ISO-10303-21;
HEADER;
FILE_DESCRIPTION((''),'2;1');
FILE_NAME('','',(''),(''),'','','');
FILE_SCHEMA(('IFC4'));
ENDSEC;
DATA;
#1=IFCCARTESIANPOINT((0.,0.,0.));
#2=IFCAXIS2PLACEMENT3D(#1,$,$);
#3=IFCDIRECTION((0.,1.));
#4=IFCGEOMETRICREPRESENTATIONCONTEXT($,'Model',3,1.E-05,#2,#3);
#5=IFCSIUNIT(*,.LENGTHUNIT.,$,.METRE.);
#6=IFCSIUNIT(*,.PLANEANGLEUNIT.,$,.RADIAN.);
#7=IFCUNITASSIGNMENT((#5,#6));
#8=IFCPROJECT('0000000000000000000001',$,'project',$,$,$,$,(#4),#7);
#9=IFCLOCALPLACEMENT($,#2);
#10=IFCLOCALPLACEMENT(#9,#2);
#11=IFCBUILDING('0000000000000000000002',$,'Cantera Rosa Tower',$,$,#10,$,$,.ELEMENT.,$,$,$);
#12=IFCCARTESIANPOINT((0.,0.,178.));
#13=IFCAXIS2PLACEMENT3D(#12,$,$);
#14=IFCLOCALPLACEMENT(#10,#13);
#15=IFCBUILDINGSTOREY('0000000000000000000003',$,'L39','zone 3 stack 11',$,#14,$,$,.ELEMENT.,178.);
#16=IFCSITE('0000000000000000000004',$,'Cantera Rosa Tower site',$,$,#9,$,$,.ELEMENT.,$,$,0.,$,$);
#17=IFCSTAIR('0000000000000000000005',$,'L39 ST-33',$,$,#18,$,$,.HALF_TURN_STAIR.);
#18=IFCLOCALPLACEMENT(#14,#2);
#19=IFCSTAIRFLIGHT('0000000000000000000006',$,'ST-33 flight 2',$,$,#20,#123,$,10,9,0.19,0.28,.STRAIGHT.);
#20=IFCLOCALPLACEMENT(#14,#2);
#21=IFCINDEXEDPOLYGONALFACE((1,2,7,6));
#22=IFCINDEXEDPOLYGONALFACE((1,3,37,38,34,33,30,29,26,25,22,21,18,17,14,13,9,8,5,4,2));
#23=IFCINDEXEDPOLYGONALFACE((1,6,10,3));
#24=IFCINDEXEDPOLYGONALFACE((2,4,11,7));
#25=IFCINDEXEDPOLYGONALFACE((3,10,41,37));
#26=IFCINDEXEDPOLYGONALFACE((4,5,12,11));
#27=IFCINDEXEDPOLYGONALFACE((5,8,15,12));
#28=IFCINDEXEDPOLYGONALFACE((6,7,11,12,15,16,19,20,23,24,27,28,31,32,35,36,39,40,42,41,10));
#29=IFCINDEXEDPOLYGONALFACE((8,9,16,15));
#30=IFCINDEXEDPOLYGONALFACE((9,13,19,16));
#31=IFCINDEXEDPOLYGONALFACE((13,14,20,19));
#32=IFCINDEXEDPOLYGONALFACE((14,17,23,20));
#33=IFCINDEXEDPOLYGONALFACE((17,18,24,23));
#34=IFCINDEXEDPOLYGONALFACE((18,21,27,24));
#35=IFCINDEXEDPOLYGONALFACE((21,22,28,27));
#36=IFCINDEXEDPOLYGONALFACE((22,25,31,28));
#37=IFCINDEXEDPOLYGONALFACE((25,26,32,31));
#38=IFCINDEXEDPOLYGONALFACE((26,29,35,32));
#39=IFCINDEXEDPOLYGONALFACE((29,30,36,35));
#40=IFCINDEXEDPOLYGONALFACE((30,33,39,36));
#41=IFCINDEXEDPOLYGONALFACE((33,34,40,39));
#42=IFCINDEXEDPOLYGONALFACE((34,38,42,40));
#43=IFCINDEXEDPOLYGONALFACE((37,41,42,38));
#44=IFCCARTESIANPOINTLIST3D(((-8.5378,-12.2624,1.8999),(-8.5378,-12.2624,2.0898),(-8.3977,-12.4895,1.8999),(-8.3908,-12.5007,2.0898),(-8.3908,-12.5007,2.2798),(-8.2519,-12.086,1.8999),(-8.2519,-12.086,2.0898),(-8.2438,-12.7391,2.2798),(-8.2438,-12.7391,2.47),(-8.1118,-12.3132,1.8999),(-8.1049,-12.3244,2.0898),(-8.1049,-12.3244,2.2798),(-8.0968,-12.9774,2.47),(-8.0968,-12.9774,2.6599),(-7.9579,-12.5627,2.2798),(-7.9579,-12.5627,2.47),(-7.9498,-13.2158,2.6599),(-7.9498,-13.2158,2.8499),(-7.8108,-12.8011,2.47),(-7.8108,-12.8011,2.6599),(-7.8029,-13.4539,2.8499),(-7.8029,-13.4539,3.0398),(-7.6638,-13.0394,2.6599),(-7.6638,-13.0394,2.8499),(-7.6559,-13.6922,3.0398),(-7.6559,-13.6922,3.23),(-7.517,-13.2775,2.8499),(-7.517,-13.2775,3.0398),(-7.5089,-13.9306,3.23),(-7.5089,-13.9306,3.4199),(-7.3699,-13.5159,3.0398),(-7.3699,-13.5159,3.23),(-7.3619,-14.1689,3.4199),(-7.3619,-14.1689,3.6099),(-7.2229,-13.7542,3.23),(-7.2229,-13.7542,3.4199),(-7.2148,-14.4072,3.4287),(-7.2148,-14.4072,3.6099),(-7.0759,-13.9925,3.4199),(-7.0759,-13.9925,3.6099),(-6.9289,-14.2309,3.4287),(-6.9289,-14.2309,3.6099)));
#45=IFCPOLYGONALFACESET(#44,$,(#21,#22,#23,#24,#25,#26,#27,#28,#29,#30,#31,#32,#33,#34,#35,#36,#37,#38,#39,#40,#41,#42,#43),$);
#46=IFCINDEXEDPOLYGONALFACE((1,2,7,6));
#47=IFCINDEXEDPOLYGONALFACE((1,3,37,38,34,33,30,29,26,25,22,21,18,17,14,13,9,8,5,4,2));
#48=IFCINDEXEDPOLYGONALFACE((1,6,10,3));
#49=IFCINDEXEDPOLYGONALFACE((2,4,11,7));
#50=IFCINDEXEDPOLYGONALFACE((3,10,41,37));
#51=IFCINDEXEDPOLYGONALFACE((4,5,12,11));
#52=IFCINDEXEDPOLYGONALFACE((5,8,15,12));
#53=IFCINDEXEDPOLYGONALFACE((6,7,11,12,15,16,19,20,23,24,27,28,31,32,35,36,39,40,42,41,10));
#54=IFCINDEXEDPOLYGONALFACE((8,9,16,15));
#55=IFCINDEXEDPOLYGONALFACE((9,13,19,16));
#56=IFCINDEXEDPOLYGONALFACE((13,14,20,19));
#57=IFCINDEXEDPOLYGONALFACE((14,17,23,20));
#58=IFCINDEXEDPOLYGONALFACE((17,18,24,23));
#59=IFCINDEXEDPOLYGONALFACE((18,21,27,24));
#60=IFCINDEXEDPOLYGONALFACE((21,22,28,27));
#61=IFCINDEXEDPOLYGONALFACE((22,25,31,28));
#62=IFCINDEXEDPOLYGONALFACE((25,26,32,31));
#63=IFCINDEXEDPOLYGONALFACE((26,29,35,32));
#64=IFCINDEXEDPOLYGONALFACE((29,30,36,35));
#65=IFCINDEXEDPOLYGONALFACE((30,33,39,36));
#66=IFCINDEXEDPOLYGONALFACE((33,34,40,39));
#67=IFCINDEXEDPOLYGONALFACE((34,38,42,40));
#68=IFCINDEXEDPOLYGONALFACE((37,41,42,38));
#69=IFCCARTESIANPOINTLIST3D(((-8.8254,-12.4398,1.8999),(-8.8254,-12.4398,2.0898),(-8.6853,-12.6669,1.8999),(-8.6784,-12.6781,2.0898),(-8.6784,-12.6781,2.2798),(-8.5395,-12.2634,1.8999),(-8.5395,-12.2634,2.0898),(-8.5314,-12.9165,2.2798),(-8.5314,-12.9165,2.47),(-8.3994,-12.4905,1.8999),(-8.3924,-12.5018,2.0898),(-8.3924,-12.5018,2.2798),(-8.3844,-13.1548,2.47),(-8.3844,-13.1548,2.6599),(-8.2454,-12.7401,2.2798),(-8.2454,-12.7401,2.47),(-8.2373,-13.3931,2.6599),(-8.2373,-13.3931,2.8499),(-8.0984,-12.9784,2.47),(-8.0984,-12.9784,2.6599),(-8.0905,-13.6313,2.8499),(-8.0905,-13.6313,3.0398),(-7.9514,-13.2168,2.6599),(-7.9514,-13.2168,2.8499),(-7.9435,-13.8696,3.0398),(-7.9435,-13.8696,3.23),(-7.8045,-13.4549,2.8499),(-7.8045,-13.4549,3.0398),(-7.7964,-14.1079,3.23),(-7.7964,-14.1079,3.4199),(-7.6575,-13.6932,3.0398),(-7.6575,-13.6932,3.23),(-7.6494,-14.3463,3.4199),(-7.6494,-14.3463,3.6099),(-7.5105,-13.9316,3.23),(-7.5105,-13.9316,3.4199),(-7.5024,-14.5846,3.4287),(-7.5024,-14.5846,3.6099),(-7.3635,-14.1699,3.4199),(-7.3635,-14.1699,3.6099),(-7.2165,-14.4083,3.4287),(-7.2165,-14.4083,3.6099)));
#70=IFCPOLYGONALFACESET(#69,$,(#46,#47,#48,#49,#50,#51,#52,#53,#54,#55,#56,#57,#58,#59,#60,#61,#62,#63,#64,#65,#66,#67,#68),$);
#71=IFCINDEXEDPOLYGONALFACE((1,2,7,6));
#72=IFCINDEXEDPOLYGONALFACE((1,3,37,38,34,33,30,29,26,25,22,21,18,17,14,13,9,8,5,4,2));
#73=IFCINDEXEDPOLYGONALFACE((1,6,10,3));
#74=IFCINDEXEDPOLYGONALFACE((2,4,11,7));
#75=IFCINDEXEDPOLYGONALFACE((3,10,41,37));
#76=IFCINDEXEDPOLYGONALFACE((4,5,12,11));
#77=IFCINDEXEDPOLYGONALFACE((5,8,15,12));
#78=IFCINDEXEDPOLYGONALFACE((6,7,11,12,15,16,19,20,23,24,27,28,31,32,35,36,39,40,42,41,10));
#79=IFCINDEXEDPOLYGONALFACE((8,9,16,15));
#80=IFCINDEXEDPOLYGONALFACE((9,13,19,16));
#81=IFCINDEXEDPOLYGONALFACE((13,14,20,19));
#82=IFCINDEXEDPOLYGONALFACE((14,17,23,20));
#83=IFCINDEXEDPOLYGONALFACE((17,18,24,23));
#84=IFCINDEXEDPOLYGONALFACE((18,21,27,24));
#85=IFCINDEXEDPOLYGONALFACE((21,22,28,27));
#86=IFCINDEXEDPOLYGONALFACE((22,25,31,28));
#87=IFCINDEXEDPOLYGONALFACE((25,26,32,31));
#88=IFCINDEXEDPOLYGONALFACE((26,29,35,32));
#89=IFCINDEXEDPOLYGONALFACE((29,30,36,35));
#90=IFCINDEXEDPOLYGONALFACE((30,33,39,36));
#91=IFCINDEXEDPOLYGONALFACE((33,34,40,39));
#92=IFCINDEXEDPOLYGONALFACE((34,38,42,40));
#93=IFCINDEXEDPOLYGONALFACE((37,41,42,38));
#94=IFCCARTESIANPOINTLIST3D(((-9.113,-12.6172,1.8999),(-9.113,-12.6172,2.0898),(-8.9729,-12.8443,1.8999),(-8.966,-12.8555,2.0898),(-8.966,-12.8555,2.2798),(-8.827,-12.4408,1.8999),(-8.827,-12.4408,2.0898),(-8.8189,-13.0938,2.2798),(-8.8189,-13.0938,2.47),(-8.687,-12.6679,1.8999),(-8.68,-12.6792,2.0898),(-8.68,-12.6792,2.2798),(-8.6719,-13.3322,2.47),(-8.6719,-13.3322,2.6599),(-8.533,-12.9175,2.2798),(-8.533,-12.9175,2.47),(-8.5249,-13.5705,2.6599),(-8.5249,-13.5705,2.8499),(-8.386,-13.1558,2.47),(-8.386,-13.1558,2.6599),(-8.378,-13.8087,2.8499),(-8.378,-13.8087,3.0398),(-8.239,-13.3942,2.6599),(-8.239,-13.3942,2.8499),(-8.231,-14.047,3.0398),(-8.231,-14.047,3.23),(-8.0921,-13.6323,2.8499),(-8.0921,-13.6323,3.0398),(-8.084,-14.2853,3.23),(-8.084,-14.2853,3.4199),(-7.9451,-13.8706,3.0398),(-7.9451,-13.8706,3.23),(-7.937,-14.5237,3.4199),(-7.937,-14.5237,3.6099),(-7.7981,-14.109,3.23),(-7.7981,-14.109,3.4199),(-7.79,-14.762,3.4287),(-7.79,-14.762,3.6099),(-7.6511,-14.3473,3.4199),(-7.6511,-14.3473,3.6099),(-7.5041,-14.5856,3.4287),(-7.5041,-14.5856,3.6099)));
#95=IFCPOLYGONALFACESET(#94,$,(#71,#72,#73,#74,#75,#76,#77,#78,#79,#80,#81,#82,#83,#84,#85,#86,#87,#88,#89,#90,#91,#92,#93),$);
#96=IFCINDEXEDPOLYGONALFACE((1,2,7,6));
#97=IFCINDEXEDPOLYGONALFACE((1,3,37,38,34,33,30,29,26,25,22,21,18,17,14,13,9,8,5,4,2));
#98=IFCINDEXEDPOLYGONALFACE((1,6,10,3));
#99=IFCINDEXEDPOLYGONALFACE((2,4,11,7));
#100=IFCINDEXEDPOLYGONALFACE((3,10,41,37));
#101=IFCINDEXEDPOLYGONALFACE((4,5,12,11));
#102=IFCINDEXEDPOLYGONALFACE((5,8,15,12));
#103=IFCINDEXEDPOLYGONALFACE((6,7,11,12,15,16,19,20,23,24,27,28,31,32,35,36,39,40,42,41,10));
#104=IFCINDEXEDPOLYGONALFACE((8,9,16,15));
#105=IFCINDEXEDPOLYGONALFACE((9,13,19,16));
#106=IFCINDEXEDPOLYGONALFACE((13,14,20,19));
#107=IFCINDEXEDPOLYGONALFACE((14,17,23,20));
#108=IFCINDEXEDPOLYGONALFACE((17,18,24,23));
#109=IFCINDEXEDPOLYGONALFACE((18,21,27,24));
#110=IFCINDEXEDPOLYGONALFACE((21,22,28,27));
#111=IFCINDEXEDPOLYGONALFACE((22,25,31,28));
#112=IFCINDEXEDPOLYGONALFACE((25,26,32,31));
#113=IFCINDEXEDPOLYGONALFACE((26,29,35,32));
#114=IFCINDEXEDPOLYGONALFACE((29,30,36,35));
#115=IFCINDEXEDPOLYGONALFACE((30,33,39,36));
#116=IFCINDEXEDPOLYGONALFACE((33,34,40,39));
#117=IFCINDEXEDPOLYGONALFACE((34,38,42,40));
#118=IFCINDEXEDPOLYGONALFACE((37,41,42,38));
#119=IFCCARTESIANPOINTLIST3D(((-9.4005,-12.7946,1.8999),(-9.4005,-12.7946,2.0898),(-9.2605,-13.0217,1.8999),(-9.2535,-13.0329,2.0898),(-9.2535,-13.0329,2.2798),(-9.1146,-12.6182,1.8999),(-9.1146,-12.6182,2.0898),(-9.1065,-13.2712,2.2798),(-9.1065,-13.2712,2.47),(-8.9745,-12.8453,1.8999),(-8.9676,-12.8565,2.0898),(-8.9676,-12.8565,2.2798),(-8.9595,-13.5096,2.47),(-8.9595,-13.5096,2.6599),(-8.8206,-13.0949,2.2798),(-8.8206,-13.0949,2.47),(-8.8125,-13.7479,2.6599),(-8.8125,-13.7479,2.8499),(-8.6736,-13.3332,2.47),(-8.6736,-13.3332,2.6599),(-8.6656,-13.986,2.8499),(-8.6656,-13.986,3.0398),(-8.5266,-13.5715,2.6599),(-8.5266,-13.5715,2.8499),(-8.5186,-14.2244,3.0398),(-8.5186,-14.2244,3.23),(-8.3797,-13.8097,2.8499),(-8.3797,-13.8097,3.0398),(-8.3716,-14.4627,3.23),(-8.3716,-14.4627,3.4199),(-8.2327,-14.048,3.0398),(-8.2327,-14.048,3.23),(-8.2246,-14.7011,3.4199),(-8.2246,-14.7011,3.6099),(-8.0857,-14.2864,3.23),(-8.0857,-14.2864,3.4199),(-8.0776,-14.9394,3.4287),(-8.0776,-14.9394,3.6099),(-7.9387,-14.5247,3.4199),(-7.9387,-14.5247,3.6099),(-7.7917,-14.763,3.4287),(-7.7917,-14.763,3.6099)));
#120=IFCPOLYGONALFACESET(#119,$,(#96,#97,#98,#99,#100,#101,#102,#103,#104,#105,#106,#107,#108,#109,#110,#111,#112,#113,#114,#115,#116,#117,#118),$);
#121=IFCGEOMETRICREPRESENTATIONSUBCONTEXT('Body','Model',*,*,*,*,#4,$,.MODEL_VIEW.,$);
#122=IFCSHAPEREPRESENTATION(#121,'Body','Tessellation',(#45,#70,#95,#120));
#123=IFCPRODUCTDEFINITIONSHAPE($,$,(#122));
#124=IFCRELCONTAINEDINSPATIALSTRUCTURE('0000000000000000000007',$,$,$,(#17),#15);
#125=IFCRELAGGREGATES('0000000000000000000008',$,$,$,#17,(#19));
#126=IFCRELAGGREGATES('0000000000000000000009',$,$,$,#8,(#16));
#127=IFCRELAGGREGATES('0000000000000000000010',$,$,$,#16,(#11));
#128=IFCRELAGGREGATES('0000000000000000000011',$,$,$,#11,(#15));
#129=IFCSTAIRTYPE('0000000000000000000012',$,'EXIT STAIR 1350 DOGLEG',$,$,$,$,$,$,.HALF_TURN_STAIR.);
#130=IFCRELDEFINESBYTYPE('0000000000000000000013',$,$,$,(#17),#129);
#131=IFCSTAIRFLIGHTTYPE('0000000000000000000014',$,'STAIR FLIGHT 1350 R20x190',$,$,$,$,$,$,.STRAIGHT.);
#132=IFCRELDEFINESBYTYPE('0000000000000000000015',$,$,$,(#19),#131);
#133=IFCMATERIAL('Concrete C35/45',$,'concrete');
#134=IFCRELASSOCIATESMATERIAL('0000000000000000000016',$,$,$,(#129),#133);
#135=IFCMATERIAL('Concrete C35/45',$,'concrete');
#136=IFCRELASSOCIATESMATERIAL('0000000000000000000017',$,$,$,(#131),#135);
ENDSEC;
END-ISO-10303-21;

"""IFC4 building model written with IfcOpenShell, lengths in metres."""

from ifc_helpers import new_model, si_unit, direction, frame, origin, place, context, subcontext, project, spatial, polyline, outline, extrude, material, type_object, element, aggregate, save


model = new_model("IFC4")

# Units and contexts
model_context = context("Model", 3, precision=1e-05, world=origin(), true_north=direction((0.0, 1.0)))
body_context = subcontext(model_context, "Body", "Model", "MODEL_VIEW")
ifc_project = project(units=[si_unit("LENGTHUNIT", "METRE"), si_unit("PLANEANGLEUNIT", "RADIAN")], contexts=[model_context])

# Site, building, storey
site_placement = place(None, origin())
site = spatial("IfcSite", under=ifc_project, at=site_placement, Name="Cantera Rosa Tower site", CompositionType="ELEMENT", RefElevation=0.0)
building_placement = place(site_placement, origin())
building = spatial("IfcBuilding", under=site, at=building_placement, Name="Cantera Rosa Tower", CompositionType="ELEMENT")
storey_placement = place(building_placement, frame((0.0, 0.0, 178.0)))
storey = spatial("IfcBuildingStorey", under=building, at=storey_placement, Name="L39", Description="zone 3 stack 11", CompositionType="ELEMENT", Elevation=178.0)

# Shared definitions
ifc_material_1 = material(Name="Concrete C35/45", Category="concrete")
stair_type = type_object("IfcStairType", Name="EXIT STAIR 1350 DOGLEG", PredefinedType="HALF_TURN_STAIR", material=ifc_material_1)
ifc_material_2 = material(Name="Concrete C35/45", Category="concrete")
stair_flight_type = type_object("IfcStairFlightType", Name="STAIR FLIGHT 1350 R20x190", PredefinedType="STRAIGHT", material=ifc_material_2)

# Stair, stair flight
stair_1_placement = place(storey_placement, origin())
stair_1 = element("IfcStair", 1, at=stair_1_placement, inside=storey, type_object=stair_type, Name="L39 ST-33", PredefinedType="HALF_TURN_STAIR")
stair_flight_1_placement = place(storey_placement, frame((-8.8264, -12.4404, 1.8999), z_axis=(0.0, 0.0, 1.0), x_axis=(0.524977, -0.851117, 0.0)))
stair_flight_1 = element("IfcStairFlight", 2, at=stair_flight_1_placement, type_object=stair_flight_type, Name="ST-33 flight 2", NumberOfRisers=10, NumberOfTreads=9, PredefinedType="STRAIGHT", RiserHeight=0.19, TreadLength=0.28, context=body_context, shape_type="SweptSolid", body=[
    extrude(outline(polyline([(0.0, 0.0), (0.0, 0.1899), (0.28, 0.1899), (0.28, 0.3799), (0.5601, 0.3799), (0.5601, 0.5701), (0.8401, 0.5701), (0.8401, 0.76), (1.1201, 0.76), (1.1201, 0.95), (1.3999, 0.95), (1.3999, 1.1399), (1.6799, 1.1399), (1.6799, 1.3301), (1.96, 1.3301), (1.96, 1.52), (2.24, 1.52), (2.24, 1.71), (2.52, 1.71), (2.52, 1.8999), (2.52, 1.5288), (0.2668, 0.0), (0.0, 0.0)])), frame((0.0, 0.675, 0.0), z_axis=(0.0, -1.0, 0.0), x_axis=(1.0, 0.0, 0.0)), (0.0, 0.0, 1.0), 0.3359),
    extrude(outline(polyline([(0.0, 0.0), (0.0, 0.1899), (0.28, 0.1899), (0.28, 0.3799), (0.5601, 0.3799), (0.5601, 0.5701), (0.8401, 0.5701), (0.8401, 0.76), (1.1201, 0.76), (1.1201, 0.95), (1.3999, 0.95), (1.3999, 1.1399), (1.6799, 1.1399), (1.6799, 1.3301), (1.96, 1.3301), (1.96, 1.52), (2.24, 1.52), (2.24, 1.71), (2.52, 1.71), (2.52, 1.8999), (2.52, 1.5288), (0.2668, 0.0), (0.0, 0.0)])), frame((0.0, 0.3372, 0.0), z_axis=(0.0, -1.0, 0.0), x_axis=(1.0, 0.0, 0.0)), (0.0, 0.0, 1.0), 0.3359),
    extrude(outline(polyline([(0.0, 0.0), (0.0, 0.1899), (0.28, 0.1899), (0.28, 0.3799), (0.5601, 0.3799), (0.5601, 0.5701), (0.8401, 0.5701), (0.8401, 0.76), (1.1201, 0.76), (1.1201, 0.95), (1.3999, 0.95), (1.3999, 1.1399), (1.6799, 1.1399), (1.6799, 1.3301), (1.96, 1.3301), (1.96, 1.52), (2.24, 1.52), (2.24, 1.71), (2.52, 1.71), (2.52, 1.8999), (2.52, 1.5288), (0.2668, 0.0), (0.0, 0.0)])), frame((0.0, -0.0007, 0.0), z_axis=(0.0, -1.0, 0.0), x_axis=(1.0, 0.0, 0.0)), (0.0, 0.0, 1.0), 0.3359),
    extrude(outline(polyline([(0.0, 0.0), (0.0, 0.1899), (0.28, 0.1899), (0.28, 0.3799), (0.5601, 0.3799), (0.5601, 0.5701), (0.8401, 0.5701), (0.8401, 0.76), (1.1201, 0.76), (1.1201, 0.95), (1.3999, 0.95), (1.3999, 1.1399), (1.6799, 1.1399), (1.6799, 1.3301), (1.96, 1.3301), (1.96, 1.52), (2.24, 1.52), (2.24, 1.71), (2.52, 1.71), (2.52, 1.8999), (2.52, 1.5288), (0.2668, 0.0), (0.0, 0.0)])), frame((0.0, -0.3386, 0.0), z_axis=(0.0, -1.0, 0.0), x_axis=(1.0, 0.0, 0.0)), (0.0, 0.0, 1.0), 0.3359),
])
aggregate(stair_1, [stair_flight_1])

save(model, "model.ifc")
